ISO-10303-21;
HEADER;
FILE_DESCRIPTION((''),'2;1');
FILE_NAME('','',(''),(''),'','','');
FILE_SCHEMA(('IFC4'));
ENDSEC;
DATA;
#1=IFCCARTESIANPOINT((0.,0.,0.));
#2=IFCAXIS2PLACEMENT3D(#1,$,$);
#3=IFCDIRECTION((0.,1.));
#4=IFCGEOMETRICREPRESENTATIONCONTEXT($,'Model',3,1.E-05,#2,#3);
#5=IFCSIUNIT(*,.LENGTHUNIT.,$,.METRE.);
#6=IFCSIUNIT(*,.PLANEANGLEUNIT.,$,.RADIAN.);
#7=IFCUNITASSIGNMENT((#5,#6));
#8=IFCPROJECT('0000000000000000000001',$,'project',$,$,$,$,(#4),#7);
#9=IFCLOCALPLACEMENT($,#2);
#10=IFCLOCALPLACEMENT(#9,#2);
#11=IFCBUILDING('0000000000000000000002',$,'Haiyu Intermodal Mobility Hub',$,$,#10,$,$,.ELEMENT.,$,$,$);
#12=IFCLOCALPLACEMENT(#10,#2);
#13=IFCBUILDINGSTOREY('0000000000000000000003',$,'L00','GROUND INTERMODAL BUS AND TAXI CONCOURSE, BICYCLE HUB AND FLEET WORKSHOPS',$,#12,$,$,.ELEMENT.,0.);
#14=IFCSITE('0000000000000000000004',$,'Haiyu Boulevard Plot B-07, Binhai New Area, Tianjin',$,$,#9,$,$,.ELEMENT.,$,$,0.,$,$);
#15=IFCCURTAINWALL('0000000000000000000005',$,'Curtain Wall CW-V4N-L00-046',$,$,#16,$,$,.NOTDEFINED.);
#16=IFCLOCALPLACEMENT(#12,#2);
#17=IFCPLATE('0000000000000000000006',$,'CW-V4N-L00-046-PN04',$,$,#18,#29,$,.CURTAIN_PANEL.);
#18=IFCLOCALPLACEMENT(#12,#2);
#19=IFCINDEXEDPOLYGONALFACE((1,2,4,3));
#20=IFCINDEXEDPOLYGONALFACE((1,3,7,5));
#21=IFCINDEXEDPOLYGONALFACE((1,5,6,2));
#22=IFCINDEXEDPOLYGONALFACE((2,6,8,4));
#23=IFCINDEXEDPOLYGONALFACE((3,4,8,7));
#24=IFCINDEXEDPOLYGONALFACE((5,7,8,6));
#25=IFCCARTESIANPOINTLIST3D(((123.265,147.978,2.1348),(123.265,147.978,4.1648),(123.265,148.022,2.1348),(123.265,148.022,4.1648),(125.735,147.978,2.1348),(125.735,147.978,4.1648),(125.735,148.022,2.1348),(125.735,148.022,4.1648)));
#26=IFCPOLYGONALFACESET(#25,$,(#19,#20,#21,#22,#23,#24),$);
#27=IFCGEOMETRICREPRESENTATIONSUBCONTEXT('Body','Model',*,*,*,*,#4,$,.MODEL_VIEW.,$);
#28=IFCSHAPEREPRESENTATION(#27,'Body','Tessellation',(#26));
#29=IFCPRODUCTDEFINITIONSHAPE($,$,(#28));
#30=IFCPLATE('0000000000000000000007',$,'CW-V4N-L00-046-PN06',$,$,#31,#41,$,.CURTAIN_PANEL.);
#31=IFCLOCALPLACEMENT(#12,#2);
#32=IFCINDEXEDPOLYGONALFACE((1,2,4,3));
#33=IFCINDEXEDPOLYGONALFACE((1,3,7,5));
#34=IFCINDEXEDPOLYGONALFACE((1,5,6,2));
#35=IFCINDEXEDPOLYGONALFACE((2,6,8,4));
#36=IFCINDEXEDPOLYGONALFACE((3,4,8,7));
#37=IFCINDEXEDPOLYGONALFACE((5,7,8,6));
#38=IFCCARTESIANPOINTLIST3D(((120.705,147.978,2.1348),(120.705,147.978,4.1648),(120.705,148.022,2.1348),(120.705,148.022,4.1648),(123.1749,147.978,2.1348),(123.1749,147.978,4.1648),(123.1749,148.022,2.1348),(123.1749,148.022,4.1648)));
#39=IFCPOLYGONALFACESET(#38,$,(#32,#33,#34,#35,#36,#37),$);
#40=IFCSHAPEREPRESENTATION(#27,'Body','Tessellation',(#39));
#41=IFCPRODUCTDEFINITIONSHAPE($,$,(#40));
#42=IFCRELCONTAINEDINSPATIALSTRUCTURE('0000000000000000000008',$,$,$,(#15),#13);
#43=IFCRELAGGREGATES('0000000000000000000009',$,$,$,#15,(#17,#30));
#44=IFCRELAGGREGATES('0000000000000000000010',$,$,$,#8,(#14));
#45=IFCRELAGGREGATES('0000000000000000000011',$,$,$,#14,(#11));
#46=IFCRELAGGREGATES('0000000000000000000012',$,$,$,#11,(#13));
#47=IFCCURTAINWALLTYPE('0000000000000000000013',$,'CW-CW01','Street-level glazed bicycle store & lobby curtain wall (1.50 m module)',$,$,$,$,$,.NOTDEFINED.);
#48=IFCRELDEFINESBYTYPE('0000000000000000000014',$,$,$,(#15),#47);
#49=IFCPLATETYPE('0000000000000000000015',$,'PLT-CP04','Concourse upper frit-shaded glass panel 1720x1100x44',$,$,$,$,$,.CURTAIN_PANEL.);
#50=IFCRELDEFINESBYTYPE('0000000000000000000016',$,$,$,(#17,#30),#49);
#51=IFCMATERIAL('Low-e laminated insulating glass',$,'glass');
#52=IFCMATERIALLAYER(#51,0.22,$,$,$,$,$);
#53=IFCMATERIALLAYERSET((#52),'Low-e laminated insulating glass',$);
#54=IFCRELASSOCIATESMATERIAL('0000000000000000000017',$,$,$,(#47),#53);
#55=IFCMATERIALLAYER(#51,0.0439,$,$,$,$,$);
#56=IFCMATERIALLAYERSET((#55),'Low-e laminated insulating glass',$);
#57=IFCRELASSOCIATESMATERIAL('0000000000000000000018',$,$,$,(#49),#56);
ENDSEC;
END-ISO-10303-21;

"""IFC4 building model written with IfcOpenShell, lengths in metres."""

from ifc_helpers import new_model, si_unit, direction, frame, origin, origin_2d, place, context, subcontext, project, spatial, rectangle, extrude, material, layer, layer_set, type_object, element, aggregate, save


model = new_model("IFC4")

# Units and contexts
model_context = context("Model", 3, precision=1e-05, world=origin(), true_north=direction((0.0, 1.0)))
body_context = subcontext(model_context, "Body", "Model", "MODEL_VIEW")
ifc_project = project(units=[si_unit("LENGTHUNIT", "METRE"), si_unit("PLANEANGLEUNIT", "RADIAN")], contexts=[model_context])

# Site, building, storey
site_placement = place(None, origin())
site = spatial("IfcSite", under=ifc_project, at=site_placement, Name="Haiyu Boulevard Plot B-07, Binhai New Area, Tianjin", CompositionType="ELEMENT", RefElevation=0.0)
building_placement = place(site_placement, origin())
building = spatial("IfcBuilding", under=site, at=building_placement, Name="Haiyu Intermodal Mobility Hub", CompositionType="ELEMENT")
storey_placement = place(building_placement, origin())
storey = spatial("IfcBuildingStorey", under=building, at=storey_placement, Name="L00", Description="GROUND INTERMODAL BUS AND TAXI CONCOURSE, BICYCLE HUB AND FLEET WORKSHOPS", CompositionType="ELEMENT", Elevation=0.0)

# Curtain wall
ifc_material_1 = material(Name="Low-e laminated insulating glass", Category="glass")
ifc_layer_1 = layer(ifc_material_1, 0.22)
ifc_layer_set_1 = layer_set([ifc_layer_1], Name="Low-e laminated insulating glass")
curtain_wall_type = type_object("IfcCurtainWallType", Name="CW-CW01", Description="Street-level glazed bicycle store & lobby curtain wall (1.50 m module)", PredefinedType="NOTDEFINED", material=ifc_layer_set_1)
curtain_wall_1_placement = place(storey_placement, origin())
curtain_wall_1 = element("IfcCurtainWall", 1, at=curtain_wall_1_placement, inside=storey, type_object=curtain_wall_type, Name="Curtain Wall CW-V4N-L00-046", PredefinedType="NOTDEFINED")

# Plates
ifc_layer_2 = layer(ifc_material_1, 0.0439)
ifc_layer_set_2 = layer_set([ifc_layer_2], Name="Low-e laminated insulating glass")
plate_type_1 = type_object("IfcPlateType", Name="PLT-CP04", Description="Concourse upper frit-shaded glass panel 1720x1100x44", PredefinedType="CURTAIN_PANEL", material=ifc_layer_set_2)
plate_1_placement = place(storey_placement, frame((124.5, 148.0, 2.1348), z_axis=(0.0, 0.0, 1.0), x_axis=(-1.0, 0.0, 0.0)))
plate_1 = element("IfcPlate", 2, at=plate_1_placement, type_object=plate_type_1, Name="CW-V4N-L00-046-PN04", PredefinedType="CURTAIN_PANEL", context=body_context, shape_type="SweptSolid", body=[
    extrude(rectangle(XDim=2.47, YDim=0.0439, at=origin_2d()), origin(), (0.0, 0.0, 1.0), 2.03),
])
plate_2_placement = place(storey_placement, frame((121.9399, 148.0, 2.1348), z_axis=(0.0, 0.0, 1.0), x_axis=(-1.0, 0.0, 0.0)))
plate_2 = element("IfcPlate", 3, at=plate_2_placement, type_object=plate_type_1, Name="CW-V4N-L00-046-PN06", PredefinedType="CURTAIN_PANEL", context=body_context, shape_type="SweptSolid", body=[
    extrude(rectangle(XDim=2.47, YDim=0.0439, at=origin_2d()), origin(), (0.0, 0.0, 1.0), 2.03),
])
aggregate(curtain_wall_1, [plate_1, plate_2])

save(model, "model.ifc")
